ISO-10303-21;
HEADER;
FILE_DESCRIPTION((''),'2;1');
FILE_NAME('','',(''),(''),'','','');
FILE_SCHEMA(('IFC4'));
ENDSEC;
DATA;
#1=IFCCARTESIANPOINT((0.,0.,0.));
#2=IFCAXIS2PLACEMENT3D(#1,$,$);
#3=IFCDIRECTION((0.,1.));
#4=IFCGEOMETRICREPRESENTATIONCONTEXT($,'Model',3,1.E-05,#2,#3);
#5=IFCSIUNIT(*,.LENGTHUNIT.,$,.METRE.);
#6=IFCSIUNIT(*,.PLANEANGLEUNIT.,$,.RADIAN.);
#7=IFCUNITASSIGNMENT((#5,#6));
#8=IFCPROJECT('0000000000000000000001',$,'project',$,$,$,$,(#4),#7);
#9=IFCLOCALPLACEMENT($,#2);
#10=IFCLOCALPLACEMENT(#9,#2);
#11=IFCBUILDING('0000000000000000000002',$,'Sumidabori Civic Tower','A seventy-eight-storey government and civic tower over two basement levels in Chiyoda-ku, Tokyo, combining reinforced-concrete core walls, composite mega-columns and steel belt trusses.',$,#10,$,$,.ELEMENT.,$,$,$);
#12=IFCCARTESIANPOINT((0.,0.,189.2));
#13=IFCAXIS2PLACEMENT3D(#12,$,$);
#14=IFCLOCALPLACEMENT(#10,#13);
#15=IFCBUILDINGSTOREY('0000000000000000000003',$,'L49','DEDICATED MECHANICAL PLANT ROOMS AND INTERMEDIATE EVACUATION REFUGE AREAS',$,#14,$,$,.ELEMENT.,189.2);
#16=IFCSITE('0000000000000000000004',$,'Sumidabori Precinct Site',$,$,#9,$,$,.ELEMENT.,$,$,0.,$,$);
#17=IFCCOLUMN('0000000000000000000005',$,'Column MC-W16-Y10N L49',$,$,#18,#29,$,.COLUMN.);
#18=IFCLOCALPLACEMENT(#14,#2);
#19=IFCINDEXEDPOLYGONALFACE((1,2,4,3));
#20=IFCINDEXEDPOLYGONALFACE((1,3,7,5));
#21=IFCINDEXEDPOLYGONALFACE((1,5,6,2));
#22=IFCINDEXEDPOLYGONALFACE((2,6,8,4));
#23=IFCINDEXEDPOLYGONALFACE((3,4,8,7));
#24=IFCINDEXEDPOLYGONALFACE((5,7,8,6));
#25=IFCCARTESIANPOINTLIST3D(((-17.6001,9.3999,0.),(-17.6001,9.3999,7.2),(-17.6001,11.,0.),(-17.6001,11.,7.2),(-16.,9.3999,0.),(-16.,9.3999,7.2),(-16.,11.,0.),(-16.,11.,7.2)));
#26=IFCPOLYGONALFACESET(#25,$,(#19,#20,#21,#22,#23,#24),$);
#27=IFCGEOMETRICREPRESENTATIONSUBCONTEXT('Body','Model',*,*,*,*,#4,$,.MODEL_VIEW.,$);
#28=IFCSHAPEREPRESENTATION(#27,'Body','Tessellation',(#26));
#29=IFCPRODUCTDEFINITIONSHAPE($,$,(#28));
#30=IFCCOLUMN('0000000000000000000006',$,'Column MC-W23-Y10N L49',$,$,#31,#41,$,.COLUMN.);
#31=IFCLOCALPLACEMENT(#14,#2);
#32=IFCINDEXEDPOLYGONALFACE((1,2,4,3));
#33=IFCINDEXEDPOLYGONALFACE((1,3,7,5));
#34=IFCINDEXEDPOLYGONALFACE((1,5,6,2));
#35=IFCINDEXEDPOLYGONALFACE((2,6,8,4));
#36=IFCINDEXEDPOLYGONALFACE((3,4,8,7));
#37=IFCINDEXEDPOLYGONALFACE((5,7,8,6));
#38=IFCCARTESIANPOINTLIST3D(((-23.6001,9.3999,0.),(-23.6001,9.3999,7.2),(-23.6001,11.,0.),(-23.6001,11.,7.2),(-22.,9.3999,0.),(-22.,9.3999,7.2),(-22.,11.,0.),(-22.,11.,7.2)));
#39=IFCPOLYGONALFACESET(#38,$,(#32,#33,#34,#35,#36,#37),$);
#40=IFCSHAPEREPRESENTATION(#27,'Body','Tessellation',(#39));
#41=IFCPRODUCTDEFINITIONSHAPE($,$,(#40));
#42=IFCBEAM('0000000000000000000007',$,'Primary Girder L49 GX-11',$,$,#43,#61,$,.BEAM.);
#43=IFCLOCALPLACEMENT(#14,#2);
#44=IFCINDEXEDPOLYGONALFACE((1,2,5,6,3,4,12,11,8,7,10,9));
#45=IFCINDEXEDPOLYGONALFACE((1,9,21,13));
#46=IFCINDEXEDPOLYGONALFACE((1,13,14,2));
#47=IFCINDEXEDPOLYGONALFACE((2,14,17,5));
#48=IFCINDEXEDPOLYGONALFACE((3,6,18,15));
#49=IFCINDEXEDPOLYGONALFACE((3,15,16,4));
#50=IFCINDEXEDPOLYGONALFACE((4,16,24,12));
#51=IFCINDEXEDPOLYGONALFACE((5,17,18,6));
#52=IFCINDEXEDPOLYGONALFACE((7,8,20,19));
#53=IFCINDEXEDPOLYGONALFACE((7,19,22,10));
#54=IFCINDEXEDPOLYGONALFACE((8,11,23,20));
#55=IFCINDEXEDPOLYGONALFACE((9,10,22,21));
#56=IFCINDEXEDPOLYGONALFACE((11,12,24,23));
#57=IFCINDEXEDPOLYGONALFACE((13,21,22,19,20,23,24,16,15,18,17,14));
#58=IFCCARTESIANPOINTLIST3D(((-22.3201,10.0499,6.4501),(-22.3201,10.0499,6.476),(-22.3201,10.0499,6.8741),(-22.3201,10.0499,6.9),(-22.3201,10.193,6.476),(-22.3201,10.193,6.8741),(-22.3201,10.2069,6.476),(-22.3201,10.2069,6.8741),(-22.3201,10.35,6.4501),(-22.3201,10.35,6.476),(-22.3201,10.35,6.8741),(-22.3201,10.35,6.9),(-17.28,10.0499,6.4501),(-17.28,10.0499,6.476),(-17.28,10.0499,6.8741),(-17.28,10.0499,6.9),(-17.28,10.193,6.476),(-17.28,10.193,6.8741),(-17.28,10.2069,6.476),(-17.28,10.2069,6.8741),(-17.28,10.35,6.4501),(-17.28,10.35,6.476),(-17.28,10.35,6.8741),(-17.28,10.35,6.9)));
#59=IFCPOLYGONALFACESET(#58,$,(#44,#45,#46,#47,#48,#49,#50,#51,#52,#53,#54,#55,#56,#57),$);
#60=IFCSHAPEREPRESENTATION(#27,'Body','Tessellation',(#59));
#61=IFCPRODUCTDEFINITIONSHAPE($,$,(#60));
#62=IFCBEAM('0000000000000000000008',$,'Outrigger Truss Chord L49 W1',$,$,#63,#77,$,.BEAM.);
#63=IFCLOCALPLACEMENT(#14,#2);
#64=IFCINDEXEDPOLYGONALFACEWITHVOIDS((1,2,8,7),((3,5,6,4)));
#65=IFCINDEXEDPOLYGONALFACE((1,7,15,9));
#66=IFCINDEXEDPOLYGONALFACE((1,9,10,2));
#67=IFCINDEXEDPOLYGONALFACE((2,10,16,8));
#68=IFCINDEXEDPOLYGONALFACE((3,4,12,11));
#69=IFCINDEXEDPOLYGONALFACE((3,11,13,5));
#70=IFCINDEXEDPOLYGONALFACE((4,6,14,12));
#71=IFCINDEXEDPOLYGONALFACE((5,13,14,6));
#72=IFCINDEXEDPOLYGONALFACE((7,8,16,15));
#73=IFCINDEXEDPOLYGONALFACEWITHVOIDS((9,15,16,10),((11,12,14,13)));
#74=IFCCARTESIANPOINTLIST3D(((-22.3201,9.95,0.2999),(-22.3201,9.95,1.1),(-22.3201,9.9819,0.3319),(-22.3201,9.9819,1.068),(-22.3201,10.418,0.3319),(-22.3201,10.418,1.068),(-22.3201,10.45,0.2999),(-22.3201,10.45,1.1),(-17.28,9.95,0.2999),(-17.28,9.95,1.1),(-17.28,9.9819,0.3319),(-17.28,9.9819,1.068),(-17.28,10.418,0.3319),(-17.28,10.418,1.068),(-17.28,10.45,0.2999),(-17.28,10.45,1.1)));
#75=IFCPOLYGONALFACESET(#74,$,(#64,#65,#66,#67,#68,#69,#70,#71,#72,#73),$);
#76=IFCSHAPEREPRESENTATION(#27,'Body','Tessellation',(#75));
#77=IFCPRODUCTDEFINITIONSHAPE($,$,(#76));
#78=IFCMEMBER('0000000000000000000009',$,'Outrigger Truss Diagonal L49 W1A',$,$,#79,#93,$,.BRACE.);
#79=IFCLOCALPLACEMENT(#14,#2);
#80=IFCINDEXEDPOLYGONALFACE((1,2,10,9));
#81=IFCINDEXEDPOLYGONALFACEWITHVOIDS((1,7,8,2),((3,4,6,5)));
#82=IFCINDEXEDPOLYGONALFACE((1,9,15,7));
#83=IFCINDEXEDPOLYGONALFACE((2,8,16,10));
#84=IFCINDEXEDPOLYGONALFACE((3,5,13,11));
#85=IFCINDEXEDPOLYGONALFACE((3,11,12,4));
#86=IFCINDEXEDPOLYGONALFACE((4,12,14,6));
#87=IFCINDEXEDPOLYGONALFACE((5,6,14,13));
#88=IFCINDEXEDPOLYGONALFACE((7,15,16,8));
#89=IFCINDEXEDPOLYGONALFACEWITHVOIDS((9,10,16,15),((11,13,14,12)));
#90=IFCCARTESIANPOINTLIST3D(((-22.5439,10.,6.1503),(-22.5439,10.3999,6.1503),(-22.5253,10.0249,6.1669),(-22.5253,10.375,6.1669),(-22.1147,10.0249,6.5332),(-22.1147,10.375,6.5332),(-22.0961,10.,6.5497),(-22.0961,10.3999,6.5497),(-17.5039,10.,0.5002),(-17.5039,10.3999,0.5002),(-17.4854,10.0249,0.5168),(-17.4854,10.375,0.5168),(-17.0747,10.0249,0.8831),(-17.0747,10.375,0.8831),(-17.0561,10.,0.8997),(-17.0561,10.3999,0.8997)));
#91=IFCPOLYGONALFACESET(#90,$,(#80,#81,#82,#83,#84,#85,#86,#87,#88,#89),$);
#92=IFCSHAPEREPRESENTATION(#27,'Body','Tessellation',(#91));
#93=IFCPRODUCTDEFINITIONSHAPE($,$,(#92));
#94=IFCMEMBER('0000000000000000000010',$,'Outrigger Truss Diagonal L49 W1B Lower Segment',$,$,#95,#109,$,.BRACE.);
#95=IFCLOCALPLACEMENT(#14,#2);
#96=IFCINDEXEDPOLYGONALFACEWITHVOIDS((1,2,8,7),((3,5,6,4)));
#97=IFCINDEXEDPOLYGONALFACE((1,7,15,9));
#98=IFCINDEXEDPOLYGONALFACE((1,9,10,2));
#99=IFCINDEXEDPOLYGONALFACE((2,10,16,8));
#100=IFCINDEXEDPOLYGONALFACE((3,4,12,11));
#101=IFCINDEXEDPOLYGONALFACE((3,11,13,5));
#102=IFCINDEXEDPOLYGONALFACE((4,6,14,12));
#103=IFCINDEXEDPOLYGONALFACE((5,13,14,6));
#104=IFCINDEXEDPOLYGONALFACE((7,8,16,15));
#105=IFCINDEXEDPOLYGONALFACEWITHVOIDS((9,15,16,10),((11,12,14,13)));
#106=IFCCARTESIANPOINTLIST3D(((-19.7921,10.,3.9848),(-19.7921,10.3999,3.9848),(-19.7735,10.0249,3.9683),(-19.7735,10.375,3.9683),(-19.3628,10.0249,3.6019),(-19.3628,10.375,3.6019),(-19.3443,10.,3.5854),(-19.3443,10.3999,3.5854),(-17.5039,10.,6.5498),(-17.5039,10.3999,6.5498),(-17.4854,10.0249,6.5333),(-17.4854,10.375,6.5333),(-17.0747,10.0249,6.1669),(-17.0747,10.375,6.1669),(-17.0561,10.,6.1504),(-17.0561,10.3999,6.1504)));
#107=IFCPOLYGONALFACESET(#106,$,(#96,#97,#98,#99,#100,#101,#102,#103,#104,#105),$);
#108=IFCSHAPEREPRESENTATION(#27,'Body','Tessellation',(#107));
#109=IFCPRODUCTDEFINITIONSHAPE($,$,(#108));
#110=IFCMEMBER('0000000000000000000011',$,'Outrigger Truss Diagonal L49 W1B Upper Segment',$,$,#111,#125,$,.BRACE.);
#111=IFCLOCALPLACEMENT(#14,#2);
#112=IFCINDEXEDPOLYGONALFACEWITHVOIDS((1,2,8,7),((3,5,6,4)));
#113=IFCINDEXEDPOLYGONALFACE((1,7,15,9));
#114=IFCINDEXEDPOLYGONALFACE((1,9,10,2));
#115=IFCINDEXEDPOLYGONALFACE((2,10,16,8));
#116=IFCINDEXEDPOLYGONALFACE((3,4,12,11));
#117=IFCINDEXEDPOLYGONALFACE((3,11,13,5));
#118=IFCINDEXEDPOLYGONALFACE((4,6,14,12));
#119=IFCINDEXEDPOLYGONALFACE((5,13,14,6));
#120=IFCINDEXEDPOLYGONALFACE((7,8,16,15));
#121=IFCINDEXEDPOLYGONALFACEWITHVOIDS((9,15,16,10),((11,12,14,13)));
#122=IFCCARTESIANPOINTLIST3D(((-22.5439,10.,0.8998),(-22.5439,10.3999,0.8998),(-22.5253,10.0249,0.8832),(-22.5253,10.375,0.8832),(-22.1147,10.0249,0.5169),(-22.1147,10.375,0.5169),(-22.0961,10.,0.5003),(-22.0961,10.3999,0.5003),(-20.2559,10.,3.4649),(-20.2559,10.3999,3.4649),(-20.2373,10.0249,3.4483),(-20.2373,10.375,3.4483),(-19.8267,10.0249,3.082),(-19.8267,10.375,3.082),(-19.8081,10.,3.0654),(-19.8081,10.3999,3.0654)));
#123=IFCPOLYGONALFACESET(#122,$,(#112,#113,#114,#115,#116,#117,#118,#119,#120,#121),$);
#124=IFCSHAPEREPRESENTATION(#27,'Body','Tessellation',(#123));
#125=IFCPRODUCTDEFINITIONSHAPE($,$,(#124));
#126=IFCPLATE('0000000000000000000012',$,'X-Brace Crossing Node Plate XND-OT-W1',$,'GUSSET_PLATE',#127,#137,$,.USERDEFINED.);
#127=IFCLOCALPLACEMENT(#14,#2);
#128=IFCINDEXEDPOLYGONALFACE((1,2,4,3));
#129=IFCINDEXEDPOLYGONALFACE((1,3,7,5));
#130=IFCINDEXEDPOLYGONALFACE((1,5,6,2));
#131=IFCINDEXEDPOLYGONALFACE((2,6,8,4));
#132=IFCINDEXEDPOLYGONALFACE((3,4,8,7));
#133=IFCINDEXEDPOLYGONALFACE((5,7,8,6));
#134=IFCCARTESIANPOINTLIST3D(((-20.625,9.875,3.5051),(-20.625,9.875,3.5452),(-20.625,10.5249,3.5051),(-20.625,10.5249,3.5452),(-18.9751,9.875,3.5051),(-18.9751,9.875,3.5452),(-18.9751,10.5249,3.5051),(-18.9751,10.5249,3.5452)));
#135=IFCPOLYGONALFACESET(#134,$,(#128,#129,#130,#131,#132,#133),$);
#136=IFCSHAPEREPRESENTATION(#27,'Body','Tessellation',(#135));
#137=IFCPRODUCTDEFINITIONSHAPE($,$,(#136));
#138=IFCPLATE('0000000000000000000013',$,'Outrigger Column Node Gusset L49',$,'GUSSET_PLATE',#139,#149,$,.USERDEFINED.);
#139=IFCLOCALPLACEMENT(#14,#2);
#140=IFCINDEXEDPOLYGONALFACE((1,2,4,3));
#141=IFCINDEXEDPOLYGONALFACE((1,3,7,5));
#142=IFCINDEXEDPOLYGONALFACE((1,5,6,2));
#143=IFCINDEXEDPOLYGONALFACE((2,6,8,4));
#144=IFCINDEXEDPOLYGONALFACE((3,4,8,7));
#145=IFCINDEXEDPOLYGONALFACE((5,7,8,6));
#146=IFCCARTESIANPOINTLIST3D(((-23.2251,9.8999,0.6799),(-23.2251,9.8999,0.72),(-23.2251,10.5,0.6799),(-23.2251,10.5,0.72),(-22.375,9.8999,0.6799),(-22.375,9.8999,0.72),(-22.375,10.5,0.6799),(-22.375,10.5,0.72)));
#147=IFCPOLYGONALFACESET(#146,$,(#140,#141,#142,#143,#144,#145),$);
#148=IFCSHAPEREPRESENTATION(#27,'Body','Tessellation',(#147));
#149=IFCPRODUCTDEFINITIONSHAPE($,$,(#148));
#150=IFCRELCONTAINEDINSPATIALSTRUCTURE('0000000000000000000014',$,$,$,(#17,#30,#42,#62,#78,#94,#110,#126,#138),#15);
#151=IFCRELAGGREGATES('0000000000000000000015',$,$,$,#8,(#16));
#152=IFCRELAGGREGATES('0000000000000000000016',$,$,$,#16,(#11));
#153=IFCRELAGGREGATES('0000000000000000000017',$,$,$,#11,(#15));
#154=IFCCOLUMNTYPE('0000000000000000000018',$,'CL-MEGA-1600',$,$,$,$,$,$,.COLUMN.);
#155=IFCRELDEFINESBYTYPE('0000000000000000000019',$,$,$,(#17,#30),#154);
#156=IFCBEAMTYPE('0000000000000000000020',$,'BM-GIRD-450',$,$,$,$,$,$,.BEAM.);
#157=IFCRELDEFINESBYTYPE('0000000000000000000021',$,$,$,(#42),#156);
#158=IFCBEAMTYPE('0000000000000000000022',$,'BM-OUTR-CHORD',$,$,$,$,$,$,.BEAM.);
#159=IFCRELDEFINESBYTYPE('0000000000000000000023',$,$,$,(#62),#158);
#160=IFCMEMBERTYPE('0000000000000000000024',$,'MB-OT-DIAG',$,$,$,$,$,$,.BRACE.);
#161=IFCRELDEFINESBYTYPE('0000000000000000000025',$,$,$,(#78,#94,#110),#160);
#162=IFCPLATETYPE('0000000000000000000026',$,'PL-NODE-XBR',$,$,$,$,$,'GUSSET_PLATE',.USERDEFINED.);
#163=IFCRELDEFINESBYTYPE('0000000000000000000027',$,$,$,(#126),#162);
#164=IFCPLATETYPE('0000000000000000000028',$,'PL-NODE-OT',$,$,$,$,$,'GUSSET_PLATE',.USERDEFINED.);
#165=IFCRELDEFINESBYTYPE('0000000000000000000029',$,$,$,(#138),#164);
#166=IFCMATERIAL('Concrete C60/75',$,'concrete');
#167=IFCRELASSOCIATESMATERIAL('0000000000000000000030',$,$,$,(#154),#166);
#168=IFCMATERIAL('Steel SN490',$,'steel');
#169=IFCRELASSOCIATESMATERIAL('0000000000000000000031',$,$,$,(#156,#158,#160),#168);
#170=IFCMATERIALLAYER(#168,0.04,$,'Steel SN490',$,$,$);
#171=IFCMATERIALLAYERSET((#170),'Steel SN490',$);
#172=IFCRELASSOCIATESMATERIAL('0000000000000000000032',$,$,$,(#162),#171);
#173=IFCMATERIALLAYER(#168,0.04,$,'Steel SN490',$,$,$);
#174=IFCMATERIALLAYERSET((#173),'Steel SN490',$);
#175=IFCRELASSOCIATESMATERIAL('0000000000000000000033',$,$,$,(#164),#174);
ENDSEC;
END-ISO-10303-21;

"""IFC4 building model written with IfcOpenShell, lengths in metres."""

from ifc_helpers import new_model, si_unit, direction, frame, origin, origin_2d, place, context, subcontext, project, spatial, rectangle, hollow_rectangle, i_section, extrude, source, transform, mapped, material, layer, layer_set, material_profile, profile_set, type_object, element, save


model = new_model("IFC4")

# Units and contexts
model_context = context("Model", 3, precision=1e-05, world=origin(), true_north=direction((0.0, 1.0)))
body_context = subcontext(model_context, "Body", "Model", "MODEL_VIEW")
ifc_project = project(units=[si_unit("LENGTHUNIT", "METRE"), si_unit("PLANEANGLEUNIT", "RADIAN")], contexts=[model_context])

# Site, building, storey
site_placement = place(None, origin())
site = spatial("IfcSite", under=ifc_project, at=site_placement, Name="Sumidabori Precinct Site", CompositionType="ELEMENT", RefElevation=0.0)
building_placement = place(site_placement, origin())
building = spatial("IfcBuilding", under=site, at=building_placement, Name="Sumidabori Civic Tower", Description="A seventy-eight-storey government and civic tower over two basement levels in Chiyoda-ku, Tokyo, combining reinforced-concrete core walls, composite mega-columns and steel belt trusses.", CompositionType="ELEMENT")
storey_placement = place(building_placement, frame((0.0, 0.0, 189.2)))
storey = spatial("IfcBuildingStorey", under=building, at=storey_placement, Name="L49", Description="DEDICATED MECHANICAL PLANT ROOMS AND INTERMEDIATE EVACUATION REFUGE AREAS", CompositionType="ELEMENT", Elevation=189.2)

# Columns
ifc_material_1 = material(Name="Concrete C60/75", Category="concrete")
ifc_material_profile_1 = material_profile(ifc_material_1, rectangle(XDim=1.6001, YDim=1.6001, at=origin_2d()), Name="RC 1600x1600")
ifc_profile_set_1 = profile_set([ifc_material_profile_1], Name="Concrete C60/75")
column_type = type_object("IfcColumnType", Name="CL-MEGA-1600", PredefinedType="COLUMN", material=ifc_profile_set_1)
shared_shape_1 = source(origin(), body_context, "Body", "SweptSolid", [
    extrude(rectangle(XDim=1.6001, YDim=1.6001, at=origin_2d()), origin(), (0.0, 0.0, 1.0), 7.2),
])
for number, where, z_axis, x_axis, name in (
    (1, (-16.8, 10.2, 0.0), (0.0, 0.0, 1.0), (1.0, 0.0, 0.0), "Column MC-W16-Y10N L49"),
    (2, (-22.8, 10.2, 0.0), (0.0, 0.0, 1.0), (1.0, 0.0, 0.0), "Column MC-W23-Y10N L49"),
):
    element("IfcColumn", number, at=place(storey_placement, frame(where, z_axis=z_axis, x_axis=x_axis)), inside=storey, type_object=column_type, Name=name, PredefinedType="COLUMN", context=body_context, shape_type="MappedRepresentation", body=[
        mapped(shared_shape_1, transform((0.0, 0.0, 0.0), x_axis=(1.0, 0.0, 0.0), y_axis=(0.0, 1.0, 0.0), z_axis=(0.0, 0.0, 1.0), scale=1.0)),
    ])

# Beams
ifc_material_2 = material(Name="Steel SN490", Category="steel")
ifc_material_profile_2 = material_profile(ifc_material_2, i_section(OverallWidth=0.3, OverallDepth=0.45, WebThickness=0.0139, FlangeThickness=0.0259, at=origin_2d()), Name="HE 450 B")
ifc_profile_set_2 = profile_set([ifc_material_profile_2], Name="Steel SN490")
beam_type_1 = type_object("IfcBeamType", Name="BM-GIRD-450", PredefinedType="BEAM", material=ifc_profile_set_2)
shared_shape_2 = source(origin(), body_context, "Body", "SweptSolid", [
    extrude(i_section(OverallWidth=0.3, OverallDepth=0.45, WebThickness=0.0139, FlangeThickness=0.0259, at=origin_2d()), origin(), (0.0, 0.0, 1.0), 5.04),
])
beam_1_placement = place(storey_placement, frame((-22.3201, 10.2, 6.675), z_axis=(1.0, 0.0, 0.0), x_axis=(0.0, 1.0, 0.0)))
element("IfcBeam", 3, at=beam_1_placement, inside=storey, type_object=beam_type_1, Name="Primary Girder L49 GX-11", PredefinedType="BEAM", context=body_context, shape_type="MappedRepresentation", body=[
    mapped(shared_shape_2, transform((0.0, 0.0, 0.0), x_axis=(1.0, 0.0, 0.0), y_axis=(0.0, 1.0, 0.0), z_axis=(0.0, 0.0, 1.0), scale=1.0)),
])
ifc_material_profile_3 = material_profile(ifc_material_2, hollow_rectangle(XDim=0.5, YDim=0.8, WallThickness=0.032, at=origin_2d()), Name="RHS 800x500x32")
ifc_profile_set_3 = profile_set([ifc_material_profile_3], Name="Steel SN490")
beam_type_2 = type_object("IfcBeamType", Name="BM-OUTR-CHORD", PredefinedType="BEAM", material=ifc_profile_set_3)
shared_shape_3 = source(origin(), body_context, "Body", "SweptSolid", [
    extrude(hollow_rectangle(XDim=0.5, YDim=0.8, WallThickness=0.032, at=origin_2d()), origin(), (0.0, 0.0, 1.0), 5.04),
])
beam_2_placement = place(storey_placement, frame((-17.28, 10.2, 0.7), z_axis=(-1.0, 0.0, 0.0), x_axis=(0.0, -1.0, 0.0)))
element("IfcBeam", 4, at=beam_2_placement, inside=storey, type_object=beam_type_2, Name="Outrigger Truss Chord L49 W1", PredefinedType="BEAM", context=body_context, shape_type="MappedRepresentation", body=[
    mapped(shared_shape_3, transform((0.0, 0.0, 0.0), x_axis=(1.0, 0.0, 0.0), y_axis=(0.0, 1.0, 0.0), z_axis=(0.0, 0.0, 1.0), scale=1.0)),
])

# Members
ifc_material_profile_4 = material_profile(ifc_material_2, hollow_rectangle(XDim=0.3999, YDim=0.6001, WallThickness=0.0249, at=origin_2d()), Name="RHS 600x400x25")
ifc_profile_set_4 = profile_set([ifc_material_profile_4], Name="Steel SN490")
member_type = type_object("IfcMemberType", Name="MB-OT-DIAG", PredefinedType="BRACE", material=ifc_profile_set_4)
shared_shape_4 = source(origin(), body_context, "Body", "SweptSolid", [
    extrude(hollow_rectangle(XDim=0.3999, YDim=0.6001, WallThickness=0.0249, at=origin_2d()), origin(), (0.0, 0.0, 1.0), 7.5713),
])
member_placement = place(storey_placement, frame((-17.28, 10.2, 0.7), z_axis=(-0.665668, 0.0, 0.746248), x_axis=(0.0, -1.0, 0.0)))
element("IfcMember", 5, at=member_placement, inside=storey, type_object=member_type, Name="Outrigger Truss Diagonal L49 W1A", PredefinedType="BRACE", context=body_context, shape_type="MappedRepresentation", body=[
    mapped(shared_shape_4, transform((0.0, 0.0, 0.0), x_axis=(1.0, 0.0, 0.0), y_axis=(0.0, 1.0, 0.0), z_axis=(0.0, 0.0, 1.0), scale=1.0)),
])
shared_shape_5 = source(origin(), body_context, "Body", "SweptSolid", [
    extrude(hollow_rectangle(XDim=0.3999, YDim=0.6001, WallThickness=0.0249, at=origin_2d()), origin(), (0.0, 0.0, 1.0), 3.4373),
])
for number, where, z_axis, x_axis, name in (
    (6, (-17.28, 10.2, 6.3501), (-0.665685, 0.0, -0.746232), (0.0, -1.0, 0.0), "Outrigger Truss Diagonal L49 W1B Lower Segment"),
    (7, (-20.032, 10.2, 3.2651), (-0.66565, 0.0, -0.746264), (0.0, -1.0, 0.0), "Outrigger Truss Diagonal L49 W1B Upper Segment"),
):
    element("IfcMember", number, at=place(storey_placement, frame(where, z_axis=z_axis, x_axis=x_axis)), inside=storey, type_object=member_type, Name=name, PredefinedType="BRACE", context=body_context, shape_type="MappedRepresentation", body=[
        mapped(shared_shape_5, transform((0.0, 0.0, 0.0), x_axis=(1.0, 0.0, 0.0), y_axis=(0.0, 1.0, 0.0), z_axis=(0.0, 0.0, 1.0), scale=1.0)),
    ])

# Plates
ifc_layer_1 = layer(ifc_material_2, 0.04, Name="Steel SN490")
ifc_layer_set_1 = layer_set([ifc_layer_1], Name="Steel SN490")
plate_type_1 = type_object("IfcPlateType", Name="PL-NODE-XBR", ElementType="GUSSET_PLATE", PredefinedType="USERDEFINED", material=ifc_layer_set_1)
shared_shape_6 = source(origin(), body_context, "Body", "SweptSolid", [
    extrude(rectangle(XDim=1.6499, YDim=0.6499, at=origin_2d()), origin(), (0.0, 0.0, 1.0), 0.04),
])
plate_1_placement = place(storey_placement, frame((-19.8, 10.2, 3.5051), z_axis=(0.0, 0.0, 1.0), x_axis=(-1.0, 0.0, 0.0)))
element("IfcPlate", 8, at=plate_1_placement, inside=storey, type_object=plate_type_1, Name="X-Brace Crossing Node Plate XND-OT-W1", ObjectType="GUSSET_PLATE", PredefinedType="USERDEFINED", context=body_context, shape_type="MappedRepresentation", body=[
    mapped(shared_shape_6, transform((0.0, 0.0, 0.0), x_axis=(1.0, 0.0, 0.0), y_axis=(0.0, 1.0, 0.0), z_axis=(0.0, 0.0, 1.0), scale=1.0)),
])
ifc_layer_2 = layer(ifc_material_2, 0.04, Name="Steel SN490")
ifc_layer_set_2 = layer_set([ifc_layer_2], Name="Steel SN490")
plate_type_2 = type_object("IfcPlateType", Name="PL-NODE-OT", ElementType="GUSSET_PLATE", PredefinedType="USERDEFINED", material=ifc_layer_set_2)
shared_shape_7 = source(origin(), body_context, "Body", "SweptSolid", [
    extrude(rectangle(XDim=0.8501, YDim=0.6001, at=origin_2d()), origin(), (0.0, 0.0, 1.0), 0.04),
])
plate_2_placement = place(storey_placement, frame((-22.8, 10.2, 0.6799), z_axis=(0.0, 0.0, 1.0), x_axis=(1.0, 0.0, 0.0)))
element("IfcPlate", 9, at=plate_2_placement, inside=storey, type_object=plate_type_2, Name="Outrigger Column Node Gusset L49", ObjectType="GUSSET_PLATE", PredefinedType="USERDEFINED", context=body_context, shape_type="MappedRepresentation", body=[
    mapped(shared_shape_7, transform((0.0, 0.0, 0.0), x_axis=(1.0, 0.0, 0.0), y_axis=(0.0, 1.0, 0.0), z_axis=(0.0, 0.0, 1.0), scale=1.0)),
])

save(model, "model.ifc")
